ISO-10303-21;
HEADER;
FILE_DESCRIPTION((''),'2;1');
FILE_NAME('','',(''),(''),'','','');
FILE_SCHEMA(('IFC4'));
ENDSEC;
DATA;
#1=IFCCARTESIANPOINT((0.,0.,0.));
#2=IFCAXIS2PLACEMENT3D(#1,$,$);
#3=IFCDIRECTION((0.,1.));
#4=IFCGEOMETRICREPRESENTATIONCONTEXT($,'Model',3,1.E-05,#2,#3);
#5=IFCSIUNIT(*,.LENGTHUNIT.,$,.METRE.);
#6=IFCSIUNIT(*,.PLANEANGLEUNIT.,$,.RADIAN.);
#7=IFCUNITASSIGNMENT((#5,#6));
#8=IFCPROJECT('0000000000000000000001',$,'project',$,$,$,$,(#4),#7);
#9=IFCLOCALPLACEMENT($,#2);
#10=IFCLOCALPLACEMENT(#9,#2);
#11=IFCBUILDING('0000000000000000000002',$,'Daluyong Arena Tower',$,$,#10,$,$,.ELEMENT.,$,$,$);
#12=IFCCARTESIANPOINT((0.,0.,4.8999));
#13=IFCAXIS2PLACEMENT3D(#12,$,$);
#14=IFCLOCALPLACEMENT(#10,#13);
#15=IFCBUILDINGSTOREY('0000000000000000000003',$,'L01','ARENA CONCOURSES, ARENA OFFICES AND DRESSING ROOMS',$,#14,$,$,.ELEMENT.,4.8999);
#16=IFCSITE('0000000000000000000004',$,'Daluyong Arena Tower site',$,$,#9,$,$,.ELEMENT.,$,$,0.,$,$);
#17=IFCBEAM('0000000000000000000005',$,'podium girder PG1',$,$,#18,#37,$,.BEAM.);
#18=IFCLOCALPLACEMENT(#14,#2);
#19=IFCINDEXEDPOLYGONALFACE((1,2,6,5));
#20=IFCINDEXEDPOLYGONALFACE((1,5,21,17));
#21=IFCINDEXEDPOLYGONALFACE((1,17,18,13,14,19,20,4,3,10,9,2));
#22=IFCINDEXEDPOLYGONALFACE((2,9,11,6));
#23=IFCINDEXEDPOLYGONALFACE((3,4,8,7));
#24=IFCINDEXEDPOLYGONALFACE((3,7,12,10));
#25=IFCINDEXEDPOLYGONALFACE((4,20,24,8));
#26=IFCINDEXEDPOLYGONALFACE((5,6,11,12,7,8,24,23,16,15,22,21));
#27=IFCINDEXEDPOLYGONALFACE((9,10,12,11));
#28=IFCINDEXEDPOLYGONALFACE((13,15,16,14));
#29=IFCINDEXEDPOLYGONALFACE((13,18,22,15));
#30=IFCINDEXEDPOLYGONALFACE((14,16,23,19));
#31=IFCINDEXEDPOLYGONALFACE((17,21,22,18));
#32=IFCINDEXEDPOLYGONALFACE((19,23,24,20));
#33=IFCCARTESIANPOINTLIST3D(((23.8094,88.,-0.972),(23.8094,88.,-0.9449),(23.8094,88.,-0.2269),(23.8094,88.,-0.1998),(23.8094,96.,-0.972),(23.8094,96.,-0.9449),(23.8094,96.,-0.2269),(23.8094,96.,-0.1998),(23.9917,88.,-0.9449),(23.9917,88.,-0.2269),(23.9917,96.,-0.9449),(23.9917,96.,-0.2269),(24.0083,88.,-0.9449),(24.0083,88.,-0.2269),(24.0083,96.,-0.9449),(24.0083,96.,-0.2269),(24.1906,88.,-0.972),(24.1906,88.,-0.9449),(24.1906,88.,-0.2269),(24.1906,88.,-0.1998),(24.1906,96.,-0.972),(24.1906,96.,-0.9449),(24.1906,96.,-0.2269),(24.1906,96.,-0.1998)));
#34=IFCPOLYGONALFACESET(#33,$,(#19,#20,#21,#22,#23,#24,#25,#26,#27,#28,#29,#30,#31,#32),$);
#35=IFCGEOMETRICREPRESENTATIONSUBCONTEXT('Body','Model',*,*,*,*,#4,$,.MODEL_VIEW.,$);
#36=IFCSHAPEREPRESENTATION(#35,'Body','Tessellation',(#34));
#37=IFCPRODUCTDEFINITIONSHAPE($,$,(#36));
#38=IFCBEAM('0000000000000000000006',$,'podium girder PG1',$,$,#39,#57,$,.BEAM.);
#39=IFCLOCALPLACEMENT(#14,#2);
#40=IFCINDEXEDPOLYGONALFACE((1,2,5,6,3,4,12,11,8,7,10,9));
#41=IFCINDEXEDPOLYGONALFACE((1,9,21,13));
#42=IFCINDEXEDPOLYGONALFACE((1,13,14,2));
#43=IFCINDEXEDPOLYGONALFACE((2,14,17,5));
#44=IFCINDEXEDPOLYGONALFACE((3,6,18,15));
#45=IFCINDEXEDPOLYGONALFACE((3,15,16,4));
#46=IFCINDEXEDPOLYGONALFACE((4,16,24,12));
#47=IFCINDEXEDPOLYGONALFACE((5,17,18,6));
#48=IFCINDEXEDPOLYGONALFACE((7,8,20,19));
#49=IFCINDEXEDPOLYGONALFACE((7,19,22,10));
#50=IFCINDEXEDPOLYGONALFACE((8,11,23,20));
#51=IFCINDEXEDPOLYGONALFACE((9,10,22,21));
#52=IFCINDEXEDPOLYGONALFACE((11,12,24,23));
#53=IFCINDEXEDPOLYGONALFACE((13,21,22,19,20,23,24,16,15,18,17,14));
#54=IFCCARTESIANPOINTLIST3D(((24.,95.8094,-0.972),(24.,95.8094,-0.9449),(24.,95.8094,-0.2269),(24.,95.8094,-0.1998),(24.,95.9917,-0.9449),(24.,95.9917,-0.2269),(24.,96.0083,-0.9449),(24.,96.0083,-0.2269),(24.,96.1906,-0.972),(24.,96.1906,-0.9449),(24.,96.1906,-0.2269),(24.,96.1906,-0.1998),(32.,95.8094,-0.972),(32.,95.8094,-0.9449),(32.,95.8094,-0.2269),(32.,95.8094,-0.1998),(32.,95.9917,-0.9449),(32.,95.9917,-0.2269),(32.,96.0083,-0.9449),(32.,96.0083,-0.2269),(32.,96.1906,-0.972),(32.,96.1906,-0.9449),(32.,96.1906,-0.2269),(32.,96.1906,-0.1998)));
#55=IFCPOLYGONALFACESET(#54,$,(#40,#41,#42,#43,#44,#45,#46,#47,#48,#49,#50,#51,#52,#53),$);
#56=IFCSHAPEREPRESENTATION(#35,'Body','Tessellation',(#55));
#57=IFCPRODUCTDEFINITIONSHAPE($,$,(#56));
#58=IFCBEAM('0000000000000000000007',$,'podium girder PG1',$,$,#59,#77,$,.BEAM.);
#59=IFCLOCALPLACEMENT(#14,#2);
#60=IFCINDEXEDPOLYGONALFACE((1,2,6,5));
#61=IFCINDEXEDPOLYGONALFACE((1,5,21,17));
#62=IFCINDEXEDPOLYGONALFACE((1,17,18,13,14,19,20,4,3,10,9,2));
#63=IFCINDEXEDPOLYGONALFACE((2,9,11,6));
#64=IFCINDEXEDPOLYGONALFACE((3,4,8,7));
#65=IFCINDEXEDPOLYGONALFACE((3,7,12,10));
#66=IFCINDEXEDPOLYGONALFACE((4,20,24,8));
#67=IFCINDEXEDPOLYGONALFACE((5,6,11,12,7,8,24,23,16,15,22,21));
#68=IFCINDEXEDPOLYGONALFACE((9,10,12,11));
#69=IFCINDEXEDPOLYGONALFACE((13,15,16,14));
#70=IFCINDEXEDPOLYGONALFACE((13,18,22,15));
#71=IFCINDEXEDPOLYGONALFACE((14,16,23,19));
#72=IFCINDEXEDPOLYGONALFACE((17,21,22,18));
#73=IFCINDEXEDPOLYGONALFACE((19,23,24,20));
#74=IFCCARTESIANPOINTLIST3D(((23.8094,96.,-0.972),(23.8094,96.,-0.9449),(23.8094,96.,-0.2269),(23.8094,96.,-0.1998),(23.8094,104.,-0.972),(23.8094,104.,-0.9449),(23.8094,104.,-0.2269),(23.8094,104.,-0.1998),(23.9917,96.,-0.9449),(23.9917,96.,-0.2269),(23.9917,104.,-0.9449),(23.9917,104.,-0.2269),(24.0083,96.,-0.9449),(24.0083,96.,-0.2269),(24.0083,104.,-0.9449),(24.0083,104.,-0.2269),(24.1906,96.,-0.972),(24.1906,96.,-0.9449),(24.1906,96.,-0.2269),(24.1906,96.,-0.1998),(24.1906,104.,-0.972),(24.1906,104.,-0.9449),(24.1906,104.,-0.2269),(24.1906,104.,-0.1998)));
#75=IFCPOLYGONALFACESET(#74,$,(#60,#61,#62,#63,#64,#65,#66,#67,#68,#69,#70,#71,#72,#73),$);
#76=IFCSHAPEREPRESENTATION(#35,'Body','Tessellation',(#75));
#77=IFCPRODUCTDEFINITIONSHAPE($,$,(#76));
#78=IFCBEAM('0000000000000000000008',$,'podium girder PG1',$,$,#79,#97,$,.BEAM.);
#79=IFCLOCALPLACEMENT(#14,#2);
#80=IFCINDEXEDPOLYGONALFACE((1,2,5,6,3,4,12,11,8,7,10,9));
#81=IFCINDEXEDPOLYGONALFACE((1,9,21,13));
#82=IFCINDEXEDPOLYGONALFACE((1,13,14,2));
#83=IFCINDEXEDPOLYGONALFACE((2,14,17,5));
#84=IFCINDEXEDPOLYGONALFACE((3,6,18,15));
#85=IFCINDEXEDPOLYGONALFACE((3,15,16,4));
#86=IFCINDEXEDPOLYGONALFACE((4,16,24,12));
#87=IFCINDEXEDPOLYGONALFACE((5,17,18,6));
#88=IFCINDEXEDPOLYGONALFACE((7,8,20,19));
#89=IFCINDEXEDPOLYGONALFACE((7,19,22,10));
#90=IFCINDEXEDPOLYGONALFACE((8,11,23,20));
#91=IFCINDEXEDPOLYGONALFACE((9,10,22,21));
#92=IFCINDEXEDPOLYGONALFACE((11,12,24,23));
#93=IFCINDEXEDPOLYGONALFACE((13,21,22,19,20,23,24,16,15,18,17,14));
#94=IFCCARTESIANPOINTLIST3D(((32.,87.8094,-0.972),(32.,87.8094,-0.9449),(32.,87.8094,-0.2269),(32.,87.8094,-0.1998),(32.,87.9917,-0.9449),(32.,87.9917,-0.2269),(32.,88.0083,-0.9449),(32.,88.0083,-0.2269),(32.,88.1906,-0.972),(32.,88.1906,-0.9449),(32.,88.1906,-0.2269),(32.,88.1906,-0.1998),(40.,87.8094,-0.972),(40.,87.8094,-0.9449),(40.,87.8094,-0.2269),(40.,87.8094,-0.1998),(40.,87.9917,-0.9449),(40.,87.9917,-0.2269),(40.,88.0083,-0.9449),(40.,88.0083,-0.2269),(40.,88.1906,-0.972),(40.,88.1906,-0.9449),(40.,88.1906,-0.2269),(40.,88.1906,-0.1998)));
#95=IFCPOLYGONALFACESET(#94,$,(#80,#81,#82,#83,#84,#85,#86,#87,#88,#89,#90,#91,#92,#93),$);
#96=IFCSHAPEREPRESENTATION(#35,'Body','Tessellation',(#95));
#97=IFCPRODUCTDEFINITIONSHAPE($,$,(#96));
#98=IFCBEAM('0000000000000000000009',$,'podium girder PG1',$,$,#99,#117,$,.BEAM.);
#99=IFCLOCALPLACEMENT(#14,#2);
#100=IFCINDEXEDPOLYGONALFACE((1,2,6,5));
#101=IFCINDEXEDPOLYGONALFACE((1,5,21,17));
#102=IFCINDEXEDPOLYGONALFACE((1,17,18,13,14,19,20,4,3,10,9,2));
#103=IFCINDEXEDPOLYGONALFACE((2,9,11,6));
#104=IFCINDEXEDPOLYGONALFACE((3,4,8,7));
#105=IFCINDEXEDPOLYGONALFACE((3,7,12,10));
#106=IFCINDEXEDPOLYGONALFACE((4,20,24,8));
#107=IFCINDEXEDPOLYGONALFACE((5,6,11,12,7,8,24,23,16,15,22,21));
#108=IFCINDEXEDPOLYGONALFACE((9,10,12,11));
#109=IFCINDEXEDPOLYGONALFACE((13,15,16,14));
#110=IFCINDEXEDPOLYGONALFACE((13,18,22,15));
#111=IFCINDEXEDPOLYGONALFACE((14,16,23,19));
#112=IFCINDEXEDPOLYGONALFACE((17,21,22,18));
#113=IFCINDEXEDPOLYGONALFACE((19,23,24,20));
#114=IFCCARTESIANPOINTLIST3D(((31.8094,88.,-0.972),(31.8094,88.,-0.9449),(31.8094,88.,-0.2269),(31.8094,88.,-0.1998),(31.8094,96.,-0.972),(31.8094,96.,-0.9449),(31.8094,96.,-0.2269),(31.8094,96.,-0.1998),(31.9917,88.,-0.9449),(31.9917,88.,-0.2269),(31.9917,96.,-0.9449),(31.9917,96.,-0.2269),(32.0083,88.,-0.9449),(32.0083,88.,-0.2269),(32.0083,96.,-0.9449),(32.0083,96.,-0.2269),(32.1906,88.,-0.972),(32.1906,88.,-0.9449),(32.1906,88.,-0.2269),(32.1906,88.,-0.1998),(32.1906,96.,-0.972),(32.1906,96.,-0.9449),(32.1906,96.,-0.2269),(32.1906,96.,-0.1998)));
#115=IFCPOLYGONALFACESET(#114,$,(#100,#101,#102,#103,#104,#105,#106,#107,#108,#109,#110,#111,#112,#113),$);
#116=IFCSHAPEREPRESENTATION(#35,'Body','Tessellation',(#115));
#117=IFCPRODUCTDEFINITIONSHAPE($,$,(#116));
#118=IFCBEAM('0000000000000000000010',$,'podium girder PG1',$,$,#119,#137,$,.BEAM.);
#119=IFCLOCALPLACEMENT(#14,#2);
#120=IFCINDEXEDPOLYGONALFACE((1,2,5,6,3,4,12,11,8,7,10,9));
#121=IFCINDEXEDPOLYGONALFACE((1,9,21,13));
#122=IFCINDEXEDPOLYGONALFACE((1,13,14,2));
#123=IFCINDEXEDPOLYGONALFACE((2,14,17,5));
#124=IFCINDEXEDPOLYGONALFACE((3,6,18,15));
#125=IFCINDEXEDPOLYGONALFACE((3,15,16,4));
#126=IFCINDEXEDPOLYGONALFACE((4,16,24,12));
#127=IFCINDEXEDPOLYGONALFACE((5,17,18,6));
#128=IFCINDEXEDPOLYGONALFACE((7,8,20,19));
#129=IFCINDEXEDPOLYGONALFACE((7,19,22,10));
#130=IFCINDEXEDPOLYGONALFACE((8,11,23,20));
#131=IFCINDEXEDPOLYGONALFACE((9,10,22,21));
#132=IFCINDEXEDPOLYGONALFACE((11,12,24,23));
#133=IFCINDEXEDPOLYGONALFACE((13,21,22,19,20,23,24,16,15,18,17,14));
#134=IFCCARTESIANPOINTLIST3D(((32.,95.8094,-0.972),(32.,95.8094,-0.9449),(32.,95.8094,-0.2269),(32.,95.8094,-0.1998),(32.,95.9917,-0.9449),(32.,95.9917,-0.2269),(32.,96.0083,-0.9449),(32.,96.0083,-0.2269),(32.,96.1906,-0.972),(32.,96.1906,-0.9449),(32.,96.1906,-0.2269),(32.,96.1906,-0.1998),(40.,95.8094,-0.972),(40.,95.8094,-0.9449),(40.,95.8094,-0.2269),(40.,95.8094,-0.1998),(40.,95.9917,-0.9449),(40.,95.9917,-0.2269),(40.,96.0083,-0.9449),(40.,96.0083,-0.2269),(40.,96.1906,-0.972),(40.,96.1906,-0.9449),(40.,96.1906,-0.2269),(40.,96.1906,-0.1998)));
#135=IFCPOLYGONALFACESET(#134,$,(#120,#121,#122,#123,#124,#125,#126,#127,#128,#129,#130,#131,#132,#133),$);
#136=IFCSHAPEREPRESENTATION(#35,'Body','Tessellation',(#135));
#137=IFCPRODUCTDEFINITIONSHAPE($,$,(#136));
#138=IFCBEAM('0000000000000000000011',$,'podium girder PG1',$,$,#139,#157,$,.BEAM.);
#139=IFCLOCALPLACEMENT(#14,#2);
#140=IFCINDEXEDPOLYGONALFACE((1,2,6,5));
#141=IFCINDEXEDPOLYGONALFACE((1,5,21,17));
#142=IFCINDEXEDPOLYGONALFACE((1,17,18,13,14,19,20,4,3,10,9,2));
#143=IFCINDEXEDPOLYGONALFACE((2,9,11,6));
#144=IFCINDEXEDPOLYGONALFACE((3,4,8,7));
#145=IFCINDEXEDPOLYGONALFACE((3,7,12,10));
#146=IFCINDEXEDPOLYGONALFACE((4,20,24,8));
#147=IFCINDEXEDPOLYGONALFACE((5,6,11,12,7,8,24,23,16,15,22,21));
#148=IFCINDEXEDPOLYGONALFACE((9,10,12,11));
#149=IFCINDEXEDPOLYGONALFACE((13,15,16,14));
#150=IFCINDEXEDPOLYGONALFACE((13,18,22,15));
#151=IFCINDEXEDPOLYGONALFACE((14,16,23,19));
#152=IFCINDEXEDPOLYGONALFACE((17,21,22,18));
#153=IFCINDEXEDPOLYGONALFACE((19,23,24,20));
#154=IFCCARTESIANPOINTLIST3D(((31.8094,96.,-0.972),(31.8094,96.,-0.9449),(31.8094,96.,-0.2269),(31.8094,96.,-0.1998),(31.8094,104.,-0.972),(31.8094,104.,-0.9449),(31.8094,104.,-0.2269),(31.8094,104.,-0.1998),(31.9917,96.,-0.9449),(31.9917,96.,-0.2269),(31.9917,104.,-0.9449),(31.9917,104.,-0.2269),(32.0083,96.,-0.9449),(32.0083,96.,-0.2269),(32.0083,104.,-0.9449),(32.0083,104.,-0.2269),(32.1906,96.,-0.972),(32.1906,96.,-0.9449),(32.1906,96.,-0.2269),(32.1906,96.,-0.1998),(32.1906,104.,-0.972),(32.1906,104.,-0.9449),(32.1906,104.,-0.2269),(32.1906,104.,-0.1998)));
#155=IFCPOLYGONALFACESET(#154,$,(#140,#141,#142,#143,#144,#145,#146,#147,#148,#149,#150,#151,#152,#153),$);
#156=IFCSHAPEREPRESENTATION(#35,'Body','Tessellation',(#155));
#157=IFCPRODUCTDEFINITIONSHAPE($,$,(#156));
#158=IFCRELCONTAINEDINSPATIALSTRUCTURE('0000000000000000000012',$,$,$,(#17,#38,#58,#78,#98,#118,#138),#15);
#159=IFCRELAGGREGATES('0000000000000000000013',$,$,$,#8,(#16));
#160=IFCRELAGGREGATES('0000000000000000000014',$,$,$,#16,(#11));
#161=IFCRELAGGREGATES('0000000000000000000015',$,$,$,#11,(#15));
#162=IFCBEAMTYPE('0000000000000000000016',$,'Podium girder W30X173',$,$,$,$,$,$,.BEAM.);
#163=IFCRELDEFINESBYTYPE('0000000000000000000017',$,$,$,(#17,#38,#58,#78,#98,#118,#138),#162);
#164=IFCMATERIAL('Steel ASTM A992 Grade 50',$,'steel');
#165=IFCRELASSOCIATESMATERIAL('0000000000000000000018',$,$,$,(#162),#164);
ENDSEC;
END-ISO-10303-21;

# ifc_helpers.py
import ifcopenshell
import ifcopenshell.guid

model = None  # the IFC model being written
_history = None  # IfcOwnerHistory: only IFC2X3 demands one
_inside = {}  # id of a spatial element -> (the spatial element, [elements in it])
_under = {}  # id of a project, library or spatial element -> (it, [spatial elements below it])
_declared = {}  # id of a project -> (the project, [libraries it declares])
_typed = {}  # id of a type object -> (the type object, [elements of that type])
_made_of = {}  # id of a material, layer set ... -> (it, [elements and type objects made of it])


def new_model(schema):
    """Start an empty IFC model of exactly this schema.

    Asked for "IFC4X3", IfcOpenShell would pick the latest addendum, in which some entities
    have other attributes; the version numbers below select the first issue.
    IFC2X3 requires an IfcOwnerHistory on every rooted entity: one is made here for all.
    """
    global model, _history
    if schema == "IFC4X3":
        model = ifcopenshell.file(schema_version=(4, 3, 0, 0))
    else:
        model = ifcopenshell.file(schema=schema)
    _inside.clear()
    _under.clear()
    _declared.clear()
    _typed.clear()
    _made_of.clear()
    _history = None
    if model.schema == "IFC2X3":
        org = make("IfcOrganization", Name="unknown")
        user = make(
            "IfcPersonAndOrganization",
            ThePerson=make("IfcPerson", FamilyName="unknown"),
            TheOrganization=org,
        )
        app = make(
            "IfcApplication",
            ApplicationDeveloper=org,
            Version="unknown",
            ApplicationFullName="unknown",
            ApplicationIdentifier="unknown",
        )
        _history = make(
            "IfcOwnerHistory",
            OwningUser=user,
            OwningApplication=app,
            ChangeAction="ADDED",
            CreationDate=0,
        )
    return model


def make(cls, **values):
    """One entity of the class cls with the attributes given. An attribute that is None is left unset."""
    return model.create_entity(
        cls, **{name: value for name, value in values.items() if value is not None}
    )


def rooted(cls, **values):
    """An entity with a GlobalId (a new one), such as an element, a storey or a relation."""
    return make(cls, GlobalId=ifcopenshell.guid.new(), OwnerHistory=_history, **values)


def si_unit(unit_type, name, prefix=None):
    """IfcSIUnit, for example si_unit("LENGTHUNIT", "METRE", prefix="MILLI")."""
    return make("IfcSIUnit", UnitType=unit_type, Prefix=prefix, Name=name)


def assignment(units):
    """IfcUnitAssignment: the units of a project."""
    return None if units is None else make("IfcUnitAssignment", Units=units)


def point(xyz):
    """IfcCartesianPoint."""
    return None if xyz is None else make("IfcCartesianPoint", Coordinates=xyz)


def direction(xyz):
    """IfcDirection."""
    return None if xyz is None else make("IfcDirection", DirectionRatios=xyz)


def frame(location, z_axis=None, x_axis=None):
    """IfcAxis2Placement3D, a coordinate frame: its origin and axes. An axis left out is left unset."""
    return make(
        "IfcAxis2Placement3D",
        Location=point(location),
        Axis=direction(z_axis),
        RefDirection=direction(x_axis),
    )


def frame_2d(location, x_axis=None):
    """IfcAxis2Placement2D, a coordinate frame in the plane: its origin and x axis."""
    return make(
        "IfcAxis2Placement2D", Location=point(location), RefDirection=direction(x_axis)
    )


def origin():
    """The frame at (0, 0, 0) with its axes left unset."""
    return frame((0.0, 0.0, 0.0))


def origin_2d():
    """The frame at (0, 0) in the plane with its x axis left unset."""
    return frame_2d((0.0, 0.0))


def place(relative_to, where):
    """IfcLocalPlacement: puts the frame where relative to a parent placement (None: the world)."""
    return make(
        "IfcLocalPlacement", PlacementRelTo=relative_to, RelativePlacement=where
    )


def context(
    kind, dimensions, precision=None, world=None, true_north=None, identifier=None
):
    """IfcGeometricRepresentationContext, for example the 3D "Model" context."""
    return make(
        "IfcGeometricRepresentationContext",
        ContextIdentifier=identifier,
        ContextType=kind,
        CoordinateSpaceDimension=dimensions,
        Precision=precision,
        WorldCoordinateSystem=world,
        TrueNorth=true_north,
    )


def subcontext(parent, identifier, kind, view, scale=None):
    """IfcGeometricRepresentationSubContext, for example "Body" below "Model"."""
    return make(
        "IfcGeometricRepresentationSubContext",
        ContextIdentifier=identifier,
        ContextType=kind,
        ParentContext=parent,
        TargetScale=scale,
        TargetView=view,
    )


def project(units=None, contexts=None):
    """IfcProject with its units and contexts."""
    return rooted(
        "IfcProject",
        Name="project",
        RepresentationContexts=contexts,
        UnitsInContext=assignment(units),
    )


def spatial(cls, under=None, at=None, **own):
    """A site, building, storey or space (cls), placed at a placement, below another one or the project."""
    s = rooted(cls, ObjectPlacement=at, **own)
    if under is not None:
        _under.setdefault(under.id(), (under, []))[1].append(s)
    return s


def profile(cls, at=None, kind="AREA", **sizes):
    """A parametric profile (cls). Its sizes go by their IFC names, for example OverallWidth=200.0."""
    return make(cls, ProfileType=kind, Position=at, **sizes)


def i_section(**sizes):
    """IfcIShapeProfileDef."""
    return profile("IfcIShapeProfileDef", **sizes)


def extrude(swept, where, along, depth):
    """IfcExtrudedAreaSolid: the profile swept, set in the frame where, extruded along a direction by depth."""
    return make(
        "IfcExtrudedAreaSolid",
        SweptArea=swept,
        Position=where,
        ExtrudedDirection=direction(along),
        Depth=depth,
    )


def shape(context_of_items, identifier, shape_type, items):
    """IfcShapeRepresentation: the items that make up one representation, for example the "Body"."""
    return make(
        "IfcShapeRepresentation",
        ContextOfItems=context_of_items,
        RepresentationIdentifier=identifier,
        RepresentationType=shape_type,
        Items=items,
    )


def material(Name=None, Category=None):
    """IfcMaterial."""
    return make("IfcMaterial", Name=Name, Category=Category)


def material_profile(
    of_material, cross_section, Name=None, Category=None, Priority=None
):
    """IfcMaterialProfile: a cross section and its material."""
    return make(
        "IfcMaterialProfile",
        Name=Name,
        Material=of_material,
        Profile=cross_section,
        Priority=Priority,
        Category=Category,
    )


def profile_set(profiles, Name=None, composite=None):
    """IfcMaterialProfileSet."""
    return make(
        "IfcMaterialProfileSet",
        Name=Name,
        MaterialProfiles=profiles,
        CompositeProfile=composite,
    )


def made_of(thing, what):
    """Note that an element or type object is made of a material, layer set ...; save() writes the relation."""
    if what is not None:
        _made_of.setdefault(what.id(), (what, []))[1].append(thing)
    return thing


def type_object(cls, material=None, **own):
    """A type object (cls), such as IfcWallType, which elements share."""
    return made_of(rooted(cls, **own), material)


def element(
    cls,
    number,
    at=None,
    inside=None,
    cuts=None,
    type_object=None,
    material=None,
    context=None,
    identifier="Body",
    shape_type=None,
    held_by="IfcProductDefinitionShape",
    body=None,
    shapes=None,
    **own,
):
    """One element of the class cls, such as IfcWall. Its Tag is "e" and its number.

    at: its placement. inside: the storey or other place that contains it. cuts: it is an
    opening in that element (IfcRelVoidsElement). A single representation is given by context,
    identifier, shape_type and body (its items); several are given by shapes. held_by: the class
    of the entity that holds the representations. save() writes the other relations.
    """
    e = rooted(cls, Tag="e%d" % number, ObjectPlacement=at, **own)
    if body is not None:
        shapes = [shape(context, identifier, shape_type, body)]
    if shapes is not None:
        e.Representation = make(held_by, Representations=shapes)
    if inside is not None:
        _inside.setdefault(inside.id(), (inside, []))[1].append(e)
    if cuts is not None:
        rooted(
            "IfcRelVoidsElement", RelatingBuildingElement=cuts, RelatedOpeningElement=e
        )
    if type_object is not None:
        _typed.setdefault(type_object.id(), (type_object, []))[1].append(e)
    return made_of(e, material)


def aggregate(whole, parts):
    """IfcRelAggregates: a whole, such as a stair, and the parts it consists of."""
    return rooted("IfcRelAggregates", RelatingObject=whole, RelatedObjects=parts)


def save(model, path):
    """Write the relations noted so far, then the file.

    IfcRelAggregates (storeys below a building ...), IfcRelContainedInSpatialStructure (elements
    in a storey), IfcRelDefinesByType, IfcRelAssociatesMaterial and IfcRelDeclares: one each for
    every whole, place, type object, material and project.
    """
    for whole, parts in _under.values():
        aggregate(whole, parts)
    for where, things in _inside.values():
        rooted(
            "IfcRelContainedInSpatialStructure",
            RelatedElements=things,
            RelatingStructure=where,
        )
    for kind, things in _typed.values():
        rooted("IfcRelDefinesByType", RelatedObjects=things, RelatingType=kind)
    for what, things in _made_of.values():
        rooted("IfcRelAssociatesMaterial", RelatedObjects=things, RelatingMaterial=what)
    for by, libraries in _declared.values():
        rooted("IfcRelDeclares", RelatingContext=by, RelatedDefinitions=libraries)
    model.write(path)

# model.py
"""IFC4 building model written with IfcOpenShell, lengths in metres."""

from ifc_helpers import new_model, si_unit, direction, frame, origin, origin_2d, place, context, subcontext, project, spatial, i_section, extrude, material, material_profile, profile_set, type_object, element, save


model = new_model("IFC4")

# Units and contexts
model_context = context("Model", 3, precision=1e-05, world=origin(), true_north=direction((0.0, 1.0)))
body_context = subcontext(model_context, "Body", "Model", "MODEL_VIEW")
ifc_project = project(units=[si_unit("LENGTHUNIT", "METRE"), si_unit("PLANEANGLEUNIT", "RADIAN")], contexts=[model_context])

# Site, building, storey
site_placement = place(None, origin())
site = spatial("IfcSite", under=ifc_project, at=site_placement, Name="Daluyong Arena Tower site", CompositionType="ELEMENT", RefElevation=0.0)
building_placement = place(site_placement, origin())
building = spatial("IfcBuilding", under=site, at=building_placement, Name="Daluyong Arena Tower", CompositionType="ELEMENT")
storey_placement = place(building_placement, frame((0.0, 0.0, 4.8999)))
storey = spatial("IfcBuildingStorey", under=building, at=storey_placement, Name="L01", Description="ARENA CONCOURSES, ARENA OFFICES AND DRESSING ROOMS", CompositionType="ELEMENT", Elevation=4.8999)

# Beams
ifc_material_1 = material(Name="Steel ASTM A992 Grade 50", Category="steel")
ifc_material_profile_1 = material_profile(ifc_material_1, i_section(OverallWidth=0.3811, OverallDepth=0.7722, WebThickness=0.0166, FlangeThickness=0.0271, at=origin_2d()))
ifc_profile_set_1 = profile_set([ifc_material_profile_1], Name="Steel ASTM A992 Grade 50")
beam_type_1 = type_object("IfcBeamType", Name="Podium girder W30X173", PredefinedType="BEAM", material=ifc_profile_set_1)
for number, where, z_axis, x_axis, name in (
    (1, (24.0, 88.0, -0.5859), (0.0, 1.0, 0.0), (-1.0, 0.0, 0.0), "podium girder PG1"),
    (2, (24.0, 96.0, -0.5859), (1.0, 0.0, 0.0), (0.0, 1.0, 0.0), "podium girder PG1"),
    (3, (24.0, 96.0, -0.5859), (0.0, 1.0, 0.0), (-1.0, 0.0, 0.0), "podium girder PG1"),
    (4, (32.0, 88.0, -0.5859), (1.0, 0.0, 0.0), (0.0, 1.0, 0.0), "podium girder PG1"),
    (5, (32.0, 88.0, -0.5859), (0.0, 1.0, 0.0), (-1.0, 0.0, 0.0), "podium girder PG1"),
    (6, (32.0, 96.0, -0.5859), (1.0, 0.0, 0.0), (0.0, 1.0, 0.0), "podium girder PG1"),
    (7, (32.0, 96.0, -0.5859), (0.0, 1.0, 0.0), (-1.0, 0.0, 0.0), "podium girder PG1"),
):
    element("IfcBeam", number, at=place(storey_placement, frame(where, z_axis=z_axis, x_axis=x_axis)), inside=storey, type_object=beam_type_1, Name=name, PredefinedType="BEAM", context=body_context, shape_type="SweptSolid", body=[
        extrude(i_section(OverallWidth=0.3811, OverallDepth=0.7722, WebThickness=0.0166, FlangeThickness=0.0271, at=origin_2d()), origin(), (0.0, 0.0, 1.0), 8.0),
    ])

save(model, "model.ifc")
